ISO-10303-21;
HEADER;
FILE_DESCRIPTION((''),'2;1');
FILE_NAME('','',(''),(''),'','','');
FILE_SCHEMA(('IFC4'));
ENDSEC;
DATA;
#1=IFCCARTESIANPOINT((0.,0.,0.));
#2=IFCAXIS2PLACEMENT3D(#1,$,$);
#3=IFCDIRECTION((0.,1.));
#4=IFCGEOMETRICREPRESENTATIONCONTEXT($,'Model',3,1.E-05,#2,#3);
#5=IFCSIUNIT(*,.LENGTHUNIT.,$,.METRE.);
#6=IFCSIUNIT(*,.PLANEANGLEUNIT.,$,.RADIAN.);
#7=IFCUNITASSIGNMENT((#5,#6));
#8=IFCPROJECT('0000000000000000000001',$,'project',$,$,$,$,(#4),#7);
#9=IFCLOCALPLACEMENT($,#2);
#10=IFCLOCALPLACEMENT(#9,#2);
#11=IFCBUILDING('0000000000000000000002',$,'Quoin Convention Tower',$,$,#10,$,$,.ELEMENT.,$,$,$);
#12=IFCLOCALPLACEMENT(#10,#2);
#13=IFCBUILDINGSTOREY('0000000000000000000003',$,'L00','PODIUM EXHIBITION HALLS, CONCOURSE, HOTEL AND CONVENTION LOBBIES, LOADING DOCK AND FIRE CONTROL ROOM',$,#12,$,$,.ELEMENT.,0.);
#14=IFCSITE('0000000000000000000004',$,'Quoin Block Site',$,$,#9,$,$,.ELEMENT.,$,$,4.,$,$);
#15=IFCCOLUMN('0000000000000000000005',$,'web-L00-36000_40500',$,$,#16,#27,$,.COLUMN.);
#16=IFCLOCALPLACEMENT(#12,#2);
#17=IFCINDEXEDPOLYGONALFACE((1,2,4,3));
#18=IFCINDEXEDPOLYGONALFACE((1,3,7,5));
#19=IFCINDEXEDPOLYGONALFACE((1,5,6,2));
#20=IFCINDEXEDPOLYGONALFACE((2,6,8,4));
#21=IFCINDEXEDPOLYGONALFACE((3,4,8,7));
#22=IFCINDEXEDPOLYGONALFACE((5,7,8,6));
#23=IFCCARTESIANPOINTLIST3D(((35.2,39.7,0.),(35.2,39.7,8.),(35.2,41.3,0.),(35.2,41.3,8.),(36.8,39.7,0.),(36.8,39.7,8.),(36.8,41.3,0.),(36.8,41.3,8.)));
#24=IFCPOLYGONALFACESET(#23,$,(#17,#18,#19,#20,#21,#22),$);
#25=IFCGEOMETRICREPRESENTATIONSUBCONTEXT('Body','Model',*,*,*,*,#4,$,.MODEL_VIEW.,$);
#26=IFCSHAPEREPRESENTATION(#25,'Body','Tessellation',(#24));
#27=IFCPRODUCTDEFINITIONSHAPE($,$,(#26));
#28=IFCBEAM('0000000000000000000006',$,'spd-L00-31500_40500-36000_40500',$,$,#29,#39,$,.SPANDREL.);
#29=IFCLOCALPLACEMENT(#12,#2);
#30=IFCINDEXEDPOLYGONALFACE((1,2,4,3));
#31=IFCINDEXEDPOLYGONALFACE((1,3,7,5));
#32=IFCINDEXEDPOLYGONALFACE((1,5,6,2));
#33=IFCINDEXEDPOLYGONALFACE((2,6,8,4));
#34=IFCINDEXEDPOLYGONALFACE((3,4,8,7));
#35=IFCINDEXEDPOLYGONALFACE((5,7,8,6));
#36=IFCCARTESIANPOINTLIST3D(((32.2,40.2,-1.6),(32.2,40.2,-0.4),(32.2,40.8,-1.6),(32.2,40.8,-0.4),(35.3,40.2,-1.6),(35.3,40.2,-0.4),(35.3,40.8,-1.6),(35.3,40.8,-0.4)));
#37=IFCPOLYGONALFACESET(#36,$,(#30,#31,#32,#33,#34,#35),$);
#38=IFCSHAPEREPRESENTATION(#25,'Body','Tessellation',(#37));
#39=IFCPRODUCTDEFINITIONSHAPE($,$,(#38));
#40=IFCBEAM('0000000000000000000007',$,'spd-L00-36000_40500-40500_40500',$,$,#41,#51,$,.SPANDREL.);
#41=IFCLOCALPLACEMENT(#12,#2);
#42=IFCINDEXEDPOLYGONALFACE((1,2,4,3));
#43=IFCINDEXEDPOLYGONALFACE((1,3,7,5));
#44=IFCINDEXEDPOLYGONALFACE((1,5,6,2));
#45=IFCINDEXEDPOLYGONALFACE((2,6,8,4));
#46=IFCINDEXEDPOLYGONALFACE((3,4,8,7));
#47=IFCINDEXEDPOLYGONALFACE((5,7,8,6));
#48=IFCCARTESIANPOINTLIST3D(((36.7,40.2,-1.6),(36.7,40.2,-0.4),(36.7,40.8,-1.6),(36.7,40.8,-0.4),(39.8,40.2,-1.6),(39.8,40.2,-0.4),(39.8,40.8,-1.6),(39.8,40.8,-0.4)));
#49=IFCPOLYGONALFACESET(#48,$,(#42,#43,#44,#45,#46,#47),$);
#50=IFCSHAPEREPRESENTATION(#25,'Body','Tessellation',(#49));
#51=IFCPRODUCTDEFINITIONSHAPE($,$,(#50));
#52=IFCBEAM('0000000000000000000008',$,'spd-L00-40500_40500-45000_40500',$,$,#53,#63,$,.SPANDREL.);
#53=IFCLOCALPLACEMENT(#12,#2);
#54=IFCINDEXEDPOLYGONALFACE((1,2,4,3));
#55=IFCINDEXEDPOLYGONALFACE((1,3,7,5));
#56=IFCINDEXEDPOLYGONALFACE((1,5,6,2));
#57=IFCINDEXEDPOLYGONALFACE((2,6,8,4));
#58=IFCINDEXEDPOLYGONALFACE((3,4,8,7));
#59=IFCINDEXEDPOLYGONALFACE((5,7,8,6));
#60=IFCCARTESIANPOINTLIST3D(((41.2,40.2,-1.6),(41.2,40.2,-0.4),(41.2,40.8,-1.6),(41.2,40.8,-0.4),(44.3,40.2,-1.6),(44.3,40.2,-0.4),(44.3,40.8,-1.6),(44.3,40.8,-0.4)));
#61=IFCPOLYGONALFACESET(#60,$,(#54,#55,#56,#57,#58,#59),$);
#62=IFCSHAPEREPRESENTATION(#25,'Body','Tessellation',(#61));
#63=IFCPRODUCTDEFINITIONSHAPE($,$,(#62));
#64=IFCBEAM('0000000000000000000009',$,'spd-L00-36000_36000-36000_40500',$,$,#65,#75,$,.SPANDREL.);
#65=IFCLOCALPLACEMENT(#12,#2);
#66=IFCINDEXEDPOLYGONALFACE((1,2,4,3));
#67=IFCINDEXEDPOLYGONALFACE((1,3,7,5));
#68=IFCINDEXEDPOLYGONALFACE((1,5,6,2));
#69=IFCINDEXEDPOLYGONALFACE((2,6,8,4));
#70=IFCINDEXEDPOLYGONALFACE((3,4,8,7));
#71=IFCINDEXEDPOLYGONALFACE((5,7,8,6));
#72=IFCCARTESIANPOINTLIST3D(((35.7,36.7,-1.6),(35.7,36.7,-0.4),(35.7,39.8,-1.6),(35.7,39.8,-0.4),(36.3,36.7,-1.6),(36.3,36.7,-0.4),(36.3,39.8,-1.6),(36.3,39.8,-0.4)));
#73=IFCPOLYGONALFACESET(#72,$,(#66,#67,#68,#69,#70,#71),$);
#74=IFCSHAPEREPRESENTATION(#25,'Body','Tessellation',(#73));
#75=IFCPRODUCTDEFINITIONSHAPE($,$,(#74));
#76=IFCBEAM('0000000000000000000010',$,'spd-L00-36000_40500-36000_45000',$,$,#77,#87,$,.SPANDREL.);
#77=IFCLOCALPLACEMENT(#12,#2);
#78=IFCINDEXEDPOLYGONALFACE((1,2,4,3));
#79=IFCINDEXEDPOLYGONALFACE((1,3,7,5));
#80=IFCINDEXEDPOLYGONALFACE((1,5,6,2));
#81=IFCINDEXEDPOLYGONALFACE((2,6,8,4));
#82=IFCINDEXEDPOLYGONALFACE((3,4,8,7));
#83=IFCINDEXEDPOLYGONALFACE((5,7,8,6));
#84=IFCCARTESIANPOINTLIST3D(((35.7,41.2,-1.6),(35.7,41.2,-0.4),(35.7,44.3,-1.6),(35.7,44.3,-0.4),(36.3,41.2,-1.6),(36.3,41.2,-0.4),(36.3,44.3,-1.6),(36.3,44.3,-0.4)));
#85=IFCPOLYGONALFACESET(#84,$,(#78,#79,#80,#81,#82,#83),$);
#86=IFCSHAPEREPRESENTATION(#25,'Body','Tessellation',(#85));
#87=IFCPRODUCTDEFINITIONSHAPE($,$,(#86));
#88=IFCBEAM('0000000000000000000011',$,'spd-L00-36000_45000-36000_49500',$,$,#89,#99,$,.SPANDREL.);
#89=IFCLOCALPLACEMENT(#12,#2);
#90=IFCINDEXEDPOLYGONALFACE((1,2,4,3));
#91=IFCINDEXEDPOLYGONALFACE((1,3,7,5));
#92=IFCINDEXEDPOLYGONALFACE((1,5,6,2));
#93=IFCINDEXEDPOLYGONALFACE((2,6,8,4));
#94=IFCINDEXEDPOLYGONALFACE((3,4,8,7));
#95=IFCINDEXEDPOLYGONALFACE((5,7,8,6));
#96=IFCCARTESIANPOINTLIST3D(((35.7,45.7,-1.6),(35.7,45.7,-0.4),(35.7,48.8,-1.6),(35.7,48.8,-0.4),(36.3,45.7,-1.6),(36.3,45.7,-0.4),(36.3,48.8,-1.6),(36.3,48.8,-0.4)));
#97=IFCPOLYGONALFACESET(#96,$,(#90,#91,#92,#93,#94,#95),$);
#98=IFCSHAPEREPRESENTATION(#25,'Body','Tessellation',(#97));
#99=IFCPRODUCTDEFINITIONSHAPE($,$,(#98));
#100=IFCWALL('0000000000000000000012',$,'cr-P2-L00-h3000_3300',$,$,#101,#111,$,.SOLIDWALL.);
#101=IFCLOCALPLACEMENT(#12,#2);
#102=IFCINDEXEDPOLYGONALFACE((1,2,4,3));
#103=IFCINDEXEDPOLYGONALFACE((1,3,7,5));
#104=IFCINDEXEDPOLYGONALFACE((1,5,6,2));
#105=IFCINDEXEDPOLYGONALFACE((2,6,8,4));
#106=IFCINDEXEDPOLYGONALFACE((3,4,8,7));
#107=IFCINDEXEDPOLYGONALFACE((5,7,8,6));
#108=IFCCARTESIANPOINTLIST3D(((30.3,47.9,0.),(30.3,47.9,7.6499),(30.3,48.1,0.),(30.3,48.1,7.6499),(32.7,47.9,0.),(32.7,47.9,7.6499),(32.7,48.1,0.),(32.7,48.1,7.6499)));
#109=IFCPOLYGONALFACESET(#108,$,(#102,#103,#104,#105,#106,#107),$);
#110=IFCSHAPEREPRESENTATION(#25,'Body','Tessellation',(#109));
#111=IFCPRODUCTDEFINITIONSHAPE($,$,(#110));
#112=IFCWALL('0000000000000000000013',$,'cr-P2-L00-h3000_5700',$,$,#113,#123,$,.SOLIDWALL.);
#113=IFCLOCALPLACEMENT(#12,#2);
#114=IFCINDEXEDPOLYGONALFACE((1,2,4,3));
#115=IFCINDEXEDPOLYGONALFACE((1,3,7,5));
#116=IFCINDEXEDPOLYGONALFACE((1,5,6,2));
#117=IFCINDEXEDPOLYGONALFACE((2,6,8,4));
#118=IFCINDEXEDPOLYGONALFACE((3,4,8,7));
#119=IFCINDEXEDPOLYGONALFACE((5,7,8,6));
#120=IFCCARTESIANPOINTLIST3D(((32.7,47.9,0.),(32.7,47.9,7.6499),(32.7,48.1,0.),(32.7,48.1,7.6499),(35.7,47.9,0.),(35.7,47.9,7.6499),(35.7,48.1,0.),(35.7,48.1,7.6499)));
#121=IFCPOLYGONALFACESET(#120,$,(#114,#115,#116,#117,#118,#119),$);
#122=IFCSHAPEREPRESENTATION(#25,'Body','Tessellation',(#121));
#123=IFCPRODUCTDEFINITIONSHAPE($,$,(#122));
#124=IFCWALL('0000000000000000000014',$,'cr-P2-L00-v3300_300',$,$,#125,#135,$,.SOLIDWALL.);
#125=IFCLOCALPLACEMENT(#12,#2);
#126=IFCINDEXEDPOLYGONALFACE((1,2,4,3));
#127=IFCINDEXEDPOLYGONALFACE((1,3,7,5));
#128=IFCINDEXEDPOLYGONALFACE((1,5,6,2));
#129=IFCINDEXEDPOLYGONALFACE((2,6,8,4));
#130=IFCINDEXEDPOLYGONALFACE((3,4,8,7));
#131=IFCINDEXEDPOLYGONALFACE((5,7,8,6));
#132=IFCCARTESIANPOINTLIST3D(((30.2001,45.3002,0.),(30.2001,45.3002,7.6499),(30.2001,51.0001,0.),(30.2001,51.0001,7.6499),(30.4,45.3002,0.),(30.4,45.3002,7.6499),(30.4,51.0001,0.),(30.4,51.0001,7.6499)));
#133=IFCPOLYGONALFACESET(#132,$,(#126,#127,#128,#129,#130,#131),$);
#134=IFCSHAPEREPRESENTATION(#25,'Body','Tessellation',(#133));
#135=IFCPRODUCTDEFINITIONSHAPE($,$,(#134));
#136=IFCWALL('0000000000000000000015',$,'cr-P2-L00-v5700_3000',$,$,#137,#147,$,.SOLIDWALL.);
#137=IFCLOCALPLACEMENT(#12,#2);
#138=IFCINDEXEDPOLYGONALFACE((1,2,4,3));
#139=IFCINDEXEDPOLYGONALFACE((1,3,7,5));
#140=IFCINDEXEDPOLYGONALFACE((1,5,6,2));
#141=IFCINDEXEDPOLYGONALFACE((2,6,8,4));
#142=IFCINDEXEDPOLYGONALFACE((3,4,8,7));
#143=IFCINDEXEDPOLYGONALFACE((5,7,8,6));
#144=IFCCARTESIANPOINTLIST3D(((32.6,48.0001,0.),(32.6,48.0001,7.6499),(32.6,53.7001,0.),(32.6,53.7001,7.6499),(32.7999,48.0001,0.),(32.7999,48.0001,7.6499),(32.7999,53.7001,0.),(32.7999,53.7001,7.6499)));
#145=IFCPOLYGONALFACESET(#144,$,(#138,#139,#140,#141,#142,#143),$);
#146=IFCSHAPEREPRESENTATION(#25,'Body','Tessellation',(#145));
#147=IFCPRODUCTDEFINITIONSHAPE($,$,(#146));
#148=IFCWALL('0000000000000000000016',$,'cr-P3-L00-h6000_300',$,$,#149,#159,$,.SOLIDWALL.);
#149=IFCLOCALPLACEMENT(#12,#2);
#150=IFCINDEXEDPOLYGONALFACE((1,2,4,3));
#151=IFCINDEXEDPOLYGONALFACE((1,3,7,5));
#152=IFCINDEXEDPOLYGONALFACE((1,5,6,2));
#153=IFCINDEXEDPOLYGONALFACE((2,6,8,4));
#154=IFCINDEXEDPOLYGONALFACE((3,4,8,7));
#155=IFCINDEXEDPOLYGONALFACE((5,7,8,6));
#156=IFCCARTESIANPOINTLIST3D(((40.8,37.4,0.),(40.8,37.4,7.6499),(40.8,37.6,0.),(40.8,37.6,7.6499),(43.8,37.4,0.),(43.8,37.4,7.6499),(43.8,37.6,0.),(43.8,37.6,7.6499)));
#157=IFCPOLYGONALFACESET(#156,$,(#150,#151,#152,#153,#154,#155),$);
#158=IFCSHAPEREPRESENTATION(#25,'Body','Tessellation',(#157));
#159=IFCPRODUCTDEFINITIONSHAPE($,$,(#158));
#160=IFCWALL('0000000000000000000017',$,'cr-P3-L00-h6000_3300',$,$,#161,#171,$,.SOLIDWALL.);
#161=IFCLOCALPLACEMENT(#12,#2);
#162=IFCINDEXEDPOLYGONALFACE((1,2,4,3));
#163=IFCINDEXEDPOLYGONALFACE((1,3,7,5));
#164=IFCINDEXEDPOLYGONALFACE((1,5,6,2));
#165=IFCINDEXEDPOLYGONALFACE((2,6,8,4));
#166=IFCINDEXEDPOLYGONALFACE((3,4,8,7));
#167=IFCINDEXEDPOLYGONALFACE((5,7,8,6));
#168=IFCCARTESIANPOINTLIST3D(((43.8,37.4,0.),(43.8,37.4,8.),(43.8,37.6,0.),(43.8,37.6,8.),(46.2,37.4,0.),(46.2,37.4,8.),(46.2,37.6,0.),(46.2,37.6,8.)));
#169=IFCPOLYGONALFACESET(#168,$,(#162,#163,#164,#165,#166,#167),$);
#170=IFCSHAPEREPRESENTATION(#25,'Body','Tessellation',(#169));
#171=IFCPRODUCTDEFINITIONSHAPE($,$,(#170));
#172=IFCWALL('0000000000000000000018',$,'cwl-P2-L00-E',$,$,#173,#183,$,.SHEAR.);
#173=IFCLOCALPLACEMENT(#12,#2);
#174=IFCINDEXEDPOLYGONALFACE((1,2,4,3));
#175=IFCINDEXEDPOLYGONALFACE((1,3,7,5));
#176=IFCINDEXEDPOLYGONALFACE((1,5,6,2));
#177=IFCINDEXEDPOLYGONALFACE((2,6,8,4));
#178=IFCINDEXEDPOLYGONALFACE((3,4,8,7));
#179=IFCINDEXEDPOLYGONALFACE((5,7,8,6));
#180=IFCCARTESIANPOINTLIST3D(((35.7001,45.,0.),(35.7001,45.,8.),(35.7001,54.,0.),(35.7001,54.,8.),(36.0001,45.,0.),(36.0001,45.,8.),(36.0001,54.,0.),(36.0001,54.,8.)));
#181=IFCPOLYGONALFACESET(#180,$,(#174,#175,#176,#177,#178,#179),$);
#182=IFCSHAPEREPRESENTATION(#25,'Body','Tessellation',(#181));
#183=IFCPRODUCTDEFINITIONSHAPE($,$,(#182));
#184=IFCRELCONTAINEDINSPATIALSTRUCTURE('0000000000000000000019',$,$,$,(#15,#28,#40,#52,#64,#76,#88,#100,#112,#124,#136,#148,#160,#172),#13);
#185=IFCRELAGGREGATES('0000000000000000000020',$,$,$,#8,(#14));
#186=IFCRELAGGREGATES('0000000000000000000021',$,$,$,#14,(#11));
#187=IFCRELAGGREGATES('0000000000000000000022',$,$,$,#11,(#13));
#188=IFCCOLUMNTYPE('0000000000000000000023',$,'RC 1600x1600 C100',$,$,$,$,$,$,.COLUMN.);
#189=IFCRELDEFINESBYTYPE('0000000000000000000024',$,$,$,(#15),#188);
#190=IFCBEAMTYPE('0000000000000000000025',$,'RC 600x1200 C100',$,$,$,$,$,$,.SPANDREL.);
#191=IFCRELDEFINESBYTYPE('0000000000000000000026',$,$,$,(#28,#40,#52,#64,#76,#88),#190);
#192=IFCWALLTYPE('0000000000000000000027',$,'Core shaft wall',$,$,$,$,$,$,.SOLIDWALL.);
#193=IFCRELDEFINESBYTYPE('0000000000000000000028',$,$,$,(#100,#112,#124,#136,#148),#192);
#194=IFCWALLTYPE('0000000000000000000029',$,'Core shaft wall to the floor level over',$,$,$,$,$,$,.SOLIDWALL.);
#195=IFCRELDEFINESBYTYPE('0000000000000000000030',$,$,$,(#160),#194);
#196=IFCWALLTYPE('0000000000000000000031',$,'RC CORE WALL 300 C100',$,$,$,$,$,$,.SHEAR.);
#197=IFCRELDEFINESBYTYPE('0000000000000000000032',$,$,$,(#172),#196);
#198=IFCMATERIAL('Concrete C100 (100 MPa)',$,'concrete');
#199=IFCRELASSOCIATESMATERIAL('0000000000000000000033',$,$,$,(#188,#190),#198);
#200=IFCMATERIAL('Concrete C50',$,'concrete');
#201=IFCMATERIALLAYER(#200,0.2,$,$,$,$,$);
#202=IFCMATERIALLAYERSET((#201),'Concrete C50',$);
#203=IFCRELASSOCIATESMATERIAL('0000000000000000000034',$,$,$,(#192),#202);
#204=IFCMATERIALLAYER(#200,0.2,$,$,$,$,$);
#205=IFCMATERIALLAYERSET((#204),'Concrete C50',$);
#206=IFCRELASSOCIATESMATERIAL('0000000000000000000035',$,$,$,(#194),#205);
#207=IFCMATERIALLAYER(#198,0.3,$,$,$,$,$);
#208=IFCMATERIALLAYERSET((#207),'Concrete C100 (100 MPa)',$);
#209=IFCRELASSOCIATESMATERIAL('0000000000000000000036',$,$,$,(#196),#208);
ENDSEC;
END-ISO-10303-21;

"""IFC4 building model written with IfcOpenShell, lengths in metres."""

from ifc_helpers import new_model, si_unit, direction, frame, frame_2d, origin, origin_2d, place, context, subcontext, project, spatial, rectangle, extrude, material, layer, layer_set, material_profile, profile_set, type_object, element, save


model = new_model("IFC4")

# Units and contexts
model_context = context("Model", 3, precision=1e-05, world=origin(), true_north=direction((0.0, 1.0)))
body_context = subcontext(model_context, "Body", "Model", "MODEL_VIEW")
ifc_project = project(units=[si_unit("LENGTHUNIT", "METRE"), si_unit("PLANEANGLEUNIT", "RADIAN")], contexts=[model_context])

# Site, building, storey
site_placement = place(None, origin())
site = spatial("IfcSite", under=ifc_project, at=site_placement, Name="Quoin Block Site", CompositionType="ELEMENT", RefElevation=4.0)
building_placement = place(site_placement, origin())
building = spatial("IfcBuilding", under=site, at=building_placement, Name="Quoin Convention Tower", CompositionType="ELEMENT")
storey_placement = place(building_placement, origin())
storey = spatial("IfcBuildingStorey", under=building, at=storey_placement, Name="L00", Description="PODIUM EXHIBITION HALLS, CONCOURSE, HOTEL AND CONVENTION LOBBIES, LOADING DOCK AND FIRE CONTROL ROOM", CompositionType="ELEMENT", Elevation=0.0)

# Column
ifc_material_1 = material(Name="Concrete C100 (100 MPa)", Category="concrete")
ifc_material_profile_1 = material_profile(ifc_material_1, rectangle(XDim=1.6001, YDim=1.6001, at=origin_2d()), Name="RC 1600x1600")
ifc_profile_set_1 = profile_set([ifc_material_profile_1], Name="Concrete C100 (100 MPa)")
column_type = type_object("IfcColumnType", Name="RC 1600x1600 C100", PredefinedType="COLUMN", material=ifc_profile_set_1)
column_placement = place(storey_placement, frame((36.0, 40.5, 0.0), z_axis=(0.0, 0.0, 1.0), x_axis=(1.0, 0.0, 0.0)))
element("IfcColumn", 1, at=column_placement, inside=storey, type_object=column_type, Name="web-L00-36000_40500", PredefinedType="COLUMN", context=body_context, shape_type="SweptSolid", body=[
    extrude(rectangle(XDim=1.6001, YDim=1.6001, at=origin_2d()), origin(), (0.0, 0.0, 1.0), 8.0),
])

# Beams
ifc_material_profile_2 = material_profile(ifc_material_1, rectangle(XDim=0.6001, YDim=1.2, at=origin_2d()), Name="RC 600x1200")
ifc_profile_set_2 = profile_set([ifc_material_profile_2], Name="Concrete C100 (100 MPa)")
beam_type = type_object("IfcBeamType", Name="RC 600x1200 C100", PredefinedType="SPANDREL", material=ifc_profile_set_2)
for number, where, z_axis, x_axis, name in (
    (2, (32.2, 40.5, -1.0), (1.0, 0.0, 0.0), (0.0, 1.0, 0.0), "spd-L00-31500_40500-36000_40500"),
    (3, (36.7, 40.5, -1.0), (1.0, 0.0, 0.0), (0.0, 1.0, 0.0), "spd-L00-36000_40500-40500_40500"),
    (4, (41.2, 40.5, -1.0), (1.0, 0.0, 0.0), (0.0, 1.0, 0.0), "spd-L00-40500_40500-45000_40500"),
    (5, (36.0, 36.7, -1.0), (0.0, 1.0, 0.0), (-1.0, 0.0, 0.0), "spd-L00-36000_36000-36000_40500"),
    (6, (36.0, 41.2, -1.0), (0.0, 1.0, 0.0), (-1.0, 0.0, 0.0), "spd-L00-36000_40500-36000_45000"),
    (7, (36.0, 45.7, -1.0), (0.0, 1.0, 0.0), (-1.0, 0.0, 0.0), "spd-L00-36000_45000-36000_49500"),
):
    element("IfcBeam", number, at=place(storey_placement, frame(where, z_axis=z_axis, x_axis=x_axis)), inside=storey, type_object=beam_type, Name=name, PredefinedType="SPANDREL", context=body_context, shape_type="SweptSolid", body=[
        extrude(rectangle(XDim=0.6001, YDim=1.2, at=origin_2d()), origin(), (0.0, 0.0, 1.0), 3.1001),
    ])

# Walls
ifc_material_2 = material(Name="Concrete C50", Category="concrete")
ifc_layer_1 = layer(ifc_material_2, 0.2)
ifc_layer_set_1 = layer_set([ifc_layer_1], Name="Concrete C50")
wall_type_1 = type_object("IfcWallType", Name="Core shaft wall", PredefinedType="SOLIDWALL", material=ifc_layer_set_1)
wall_1_placement = place(storey_placement, frame((30.3, 48.0, 0.0), z_axis=(0.0, 0.0, 1.0), x_axis=(1.0, 0.0, 0.0)))
element("IfcWall", 8, at=wall_1_placement, inside=storey, type_object=wall_type_1, Name="cr-P2-L00-h3000_3300", PredefinedType="SOLIDWALL", context=body_context, shape_type="SweptSolid", body=[
    extrude(rectangle(XDim=2.3999, YDim=0.2, at=frame_2d((1.2, 0.0))), origin(), (0.0, 0.0, 1.0), 7.6499),
])
wall_2_placement = place(storey_placement, frame((32.7, 48.0, 0.0), z_axis=(0.0, 0.0, 1.0), x_axis=(1.0, 0.0, 0.0)))
element("IfcWall", 9, at=wall_2_placement, inside=storey, type_object=wall_type_1, Name="cr-P2-L00-h3000_5700", PredefinedType="SOLIDWALL", context=body_context, shape_type="SweptSolid", body=[
    extrude(rectangle(XDim=3.0, YDim=0.2, at=frame_2d((1.5, 0.0))), origin(), (0.0, 0.0, 1.0), 7.6499),
])
for number, where, z_axis, x_axis, name in (
    (10, (30.3, 45.3, 0.0), (0.0, 0.0, 1.0), (0.0, 1.0, 0.0), "cr-P2-L00-v3300_300"),
    (11, (32.7, 48.0, 0.0), (0.0, 0.0, 1.0), (0.0, 1.0, 0.0), "cr-P2-L00-v5700_3000"),
):
    element("IfcWall", number, at=place(storey_placement, frame(where, z_axis=z_axis, x_axis=x_axis)), inside=storey, type_object=wall_type_1, Name=name, PredefinedType="SOLIDWALL", context=body_context, shape_type="SweptSolid", body=[
        extrude(rectangle(XDim=5.7, YDim=0.2, at=frame_2d((2.8501, 0.0))), origin(), (0.0, 0.0, 1.0), 7.6499),
    ])
wall_3_placement = place(storey_placement, frame((40.8, 37.5, 0.0), z_axis=(0.0, 0.0, 1.0), x_axis=(1.0, 0.0, 0.0)))
element("IfcWall", 12, at=wall_3_placement, inside=storey, type_object=wall_type_1, Name="cr-P3-L00-h6000_300", PredefinedType="SOLIDWALL", context=body_context, shape_type="SweptSolid", body=[
    extrude(rectangle(XDim=3.0, YDim=0.2, at=frame_2d((1.5, 0.0))), origin(), (0.0, 0.0, 1.0), 7.6499),
])
ifc_layer_2 = layer(ifc_material_2, 0.2)
ifc_layer_set_2 = layer_set([ifc_layer_2], Name="Concrete C50")
wall_type_2 = type_object("IfcWallType", Name="Core shaft wall to the floor level over", PredefinedType="SOLIDWALL", material=ifc_layer_set_2)
wall_4_placement = place(storey_placement, frame((43.8, 37.5, 0.0), z_axis=(0.0, 0.0, 1.0), x_axis=(1.0, 0.0, 0.0)))
element("IfcWall", 13, at=wall_4_placement, inside=storey, type_object=wall_type_2, Name="cr-P3-L00-h6000_3300", PredefinedType="SOLIDWALL", context=body_context, shape_type="SweptSolid", body=[
    extrude(rectangle(XDim=2.3999, YDim=0.2, at=frame_2d((1.2, 0.0))), origin(), (0.0, 0.0, 1.0), 8.0),
])
ifc_layer_3 = layer(ifc_material_1, 0.3)
ifc_layer_set_3 = layer_set([ifc_layer_3], Name="Concrete C100 (100 MPa)")
wall_type_3 = type_object("IfcWallType", Name="RC CORE WALL 300 C100", PredefinedType="SHEAR", material=ifc_layer_set_3)
wall_5_placement = place(storey_placement, frame((35.8501, 45.0, 0.0), z_axis=(0.0, 0.0, 1.0), x_axis=(0.0, 1.0, 0.0)))
element("IfcWall", 14, at=wall_5_placement, inside=storey, type_object=wall_type_3, Name="cwl-P2-L00-E", PredefinedType="SHEAR", context=body_context, shape_type="SweptSolid", body=[
    extrude(rectangle(XDim=9.0, YDim=0.3, at=frame_2d((4.5, 0.0))), origin(), (0.0, 0.0, 1.0), 8.0),
])

save(model, "model.ifc")
